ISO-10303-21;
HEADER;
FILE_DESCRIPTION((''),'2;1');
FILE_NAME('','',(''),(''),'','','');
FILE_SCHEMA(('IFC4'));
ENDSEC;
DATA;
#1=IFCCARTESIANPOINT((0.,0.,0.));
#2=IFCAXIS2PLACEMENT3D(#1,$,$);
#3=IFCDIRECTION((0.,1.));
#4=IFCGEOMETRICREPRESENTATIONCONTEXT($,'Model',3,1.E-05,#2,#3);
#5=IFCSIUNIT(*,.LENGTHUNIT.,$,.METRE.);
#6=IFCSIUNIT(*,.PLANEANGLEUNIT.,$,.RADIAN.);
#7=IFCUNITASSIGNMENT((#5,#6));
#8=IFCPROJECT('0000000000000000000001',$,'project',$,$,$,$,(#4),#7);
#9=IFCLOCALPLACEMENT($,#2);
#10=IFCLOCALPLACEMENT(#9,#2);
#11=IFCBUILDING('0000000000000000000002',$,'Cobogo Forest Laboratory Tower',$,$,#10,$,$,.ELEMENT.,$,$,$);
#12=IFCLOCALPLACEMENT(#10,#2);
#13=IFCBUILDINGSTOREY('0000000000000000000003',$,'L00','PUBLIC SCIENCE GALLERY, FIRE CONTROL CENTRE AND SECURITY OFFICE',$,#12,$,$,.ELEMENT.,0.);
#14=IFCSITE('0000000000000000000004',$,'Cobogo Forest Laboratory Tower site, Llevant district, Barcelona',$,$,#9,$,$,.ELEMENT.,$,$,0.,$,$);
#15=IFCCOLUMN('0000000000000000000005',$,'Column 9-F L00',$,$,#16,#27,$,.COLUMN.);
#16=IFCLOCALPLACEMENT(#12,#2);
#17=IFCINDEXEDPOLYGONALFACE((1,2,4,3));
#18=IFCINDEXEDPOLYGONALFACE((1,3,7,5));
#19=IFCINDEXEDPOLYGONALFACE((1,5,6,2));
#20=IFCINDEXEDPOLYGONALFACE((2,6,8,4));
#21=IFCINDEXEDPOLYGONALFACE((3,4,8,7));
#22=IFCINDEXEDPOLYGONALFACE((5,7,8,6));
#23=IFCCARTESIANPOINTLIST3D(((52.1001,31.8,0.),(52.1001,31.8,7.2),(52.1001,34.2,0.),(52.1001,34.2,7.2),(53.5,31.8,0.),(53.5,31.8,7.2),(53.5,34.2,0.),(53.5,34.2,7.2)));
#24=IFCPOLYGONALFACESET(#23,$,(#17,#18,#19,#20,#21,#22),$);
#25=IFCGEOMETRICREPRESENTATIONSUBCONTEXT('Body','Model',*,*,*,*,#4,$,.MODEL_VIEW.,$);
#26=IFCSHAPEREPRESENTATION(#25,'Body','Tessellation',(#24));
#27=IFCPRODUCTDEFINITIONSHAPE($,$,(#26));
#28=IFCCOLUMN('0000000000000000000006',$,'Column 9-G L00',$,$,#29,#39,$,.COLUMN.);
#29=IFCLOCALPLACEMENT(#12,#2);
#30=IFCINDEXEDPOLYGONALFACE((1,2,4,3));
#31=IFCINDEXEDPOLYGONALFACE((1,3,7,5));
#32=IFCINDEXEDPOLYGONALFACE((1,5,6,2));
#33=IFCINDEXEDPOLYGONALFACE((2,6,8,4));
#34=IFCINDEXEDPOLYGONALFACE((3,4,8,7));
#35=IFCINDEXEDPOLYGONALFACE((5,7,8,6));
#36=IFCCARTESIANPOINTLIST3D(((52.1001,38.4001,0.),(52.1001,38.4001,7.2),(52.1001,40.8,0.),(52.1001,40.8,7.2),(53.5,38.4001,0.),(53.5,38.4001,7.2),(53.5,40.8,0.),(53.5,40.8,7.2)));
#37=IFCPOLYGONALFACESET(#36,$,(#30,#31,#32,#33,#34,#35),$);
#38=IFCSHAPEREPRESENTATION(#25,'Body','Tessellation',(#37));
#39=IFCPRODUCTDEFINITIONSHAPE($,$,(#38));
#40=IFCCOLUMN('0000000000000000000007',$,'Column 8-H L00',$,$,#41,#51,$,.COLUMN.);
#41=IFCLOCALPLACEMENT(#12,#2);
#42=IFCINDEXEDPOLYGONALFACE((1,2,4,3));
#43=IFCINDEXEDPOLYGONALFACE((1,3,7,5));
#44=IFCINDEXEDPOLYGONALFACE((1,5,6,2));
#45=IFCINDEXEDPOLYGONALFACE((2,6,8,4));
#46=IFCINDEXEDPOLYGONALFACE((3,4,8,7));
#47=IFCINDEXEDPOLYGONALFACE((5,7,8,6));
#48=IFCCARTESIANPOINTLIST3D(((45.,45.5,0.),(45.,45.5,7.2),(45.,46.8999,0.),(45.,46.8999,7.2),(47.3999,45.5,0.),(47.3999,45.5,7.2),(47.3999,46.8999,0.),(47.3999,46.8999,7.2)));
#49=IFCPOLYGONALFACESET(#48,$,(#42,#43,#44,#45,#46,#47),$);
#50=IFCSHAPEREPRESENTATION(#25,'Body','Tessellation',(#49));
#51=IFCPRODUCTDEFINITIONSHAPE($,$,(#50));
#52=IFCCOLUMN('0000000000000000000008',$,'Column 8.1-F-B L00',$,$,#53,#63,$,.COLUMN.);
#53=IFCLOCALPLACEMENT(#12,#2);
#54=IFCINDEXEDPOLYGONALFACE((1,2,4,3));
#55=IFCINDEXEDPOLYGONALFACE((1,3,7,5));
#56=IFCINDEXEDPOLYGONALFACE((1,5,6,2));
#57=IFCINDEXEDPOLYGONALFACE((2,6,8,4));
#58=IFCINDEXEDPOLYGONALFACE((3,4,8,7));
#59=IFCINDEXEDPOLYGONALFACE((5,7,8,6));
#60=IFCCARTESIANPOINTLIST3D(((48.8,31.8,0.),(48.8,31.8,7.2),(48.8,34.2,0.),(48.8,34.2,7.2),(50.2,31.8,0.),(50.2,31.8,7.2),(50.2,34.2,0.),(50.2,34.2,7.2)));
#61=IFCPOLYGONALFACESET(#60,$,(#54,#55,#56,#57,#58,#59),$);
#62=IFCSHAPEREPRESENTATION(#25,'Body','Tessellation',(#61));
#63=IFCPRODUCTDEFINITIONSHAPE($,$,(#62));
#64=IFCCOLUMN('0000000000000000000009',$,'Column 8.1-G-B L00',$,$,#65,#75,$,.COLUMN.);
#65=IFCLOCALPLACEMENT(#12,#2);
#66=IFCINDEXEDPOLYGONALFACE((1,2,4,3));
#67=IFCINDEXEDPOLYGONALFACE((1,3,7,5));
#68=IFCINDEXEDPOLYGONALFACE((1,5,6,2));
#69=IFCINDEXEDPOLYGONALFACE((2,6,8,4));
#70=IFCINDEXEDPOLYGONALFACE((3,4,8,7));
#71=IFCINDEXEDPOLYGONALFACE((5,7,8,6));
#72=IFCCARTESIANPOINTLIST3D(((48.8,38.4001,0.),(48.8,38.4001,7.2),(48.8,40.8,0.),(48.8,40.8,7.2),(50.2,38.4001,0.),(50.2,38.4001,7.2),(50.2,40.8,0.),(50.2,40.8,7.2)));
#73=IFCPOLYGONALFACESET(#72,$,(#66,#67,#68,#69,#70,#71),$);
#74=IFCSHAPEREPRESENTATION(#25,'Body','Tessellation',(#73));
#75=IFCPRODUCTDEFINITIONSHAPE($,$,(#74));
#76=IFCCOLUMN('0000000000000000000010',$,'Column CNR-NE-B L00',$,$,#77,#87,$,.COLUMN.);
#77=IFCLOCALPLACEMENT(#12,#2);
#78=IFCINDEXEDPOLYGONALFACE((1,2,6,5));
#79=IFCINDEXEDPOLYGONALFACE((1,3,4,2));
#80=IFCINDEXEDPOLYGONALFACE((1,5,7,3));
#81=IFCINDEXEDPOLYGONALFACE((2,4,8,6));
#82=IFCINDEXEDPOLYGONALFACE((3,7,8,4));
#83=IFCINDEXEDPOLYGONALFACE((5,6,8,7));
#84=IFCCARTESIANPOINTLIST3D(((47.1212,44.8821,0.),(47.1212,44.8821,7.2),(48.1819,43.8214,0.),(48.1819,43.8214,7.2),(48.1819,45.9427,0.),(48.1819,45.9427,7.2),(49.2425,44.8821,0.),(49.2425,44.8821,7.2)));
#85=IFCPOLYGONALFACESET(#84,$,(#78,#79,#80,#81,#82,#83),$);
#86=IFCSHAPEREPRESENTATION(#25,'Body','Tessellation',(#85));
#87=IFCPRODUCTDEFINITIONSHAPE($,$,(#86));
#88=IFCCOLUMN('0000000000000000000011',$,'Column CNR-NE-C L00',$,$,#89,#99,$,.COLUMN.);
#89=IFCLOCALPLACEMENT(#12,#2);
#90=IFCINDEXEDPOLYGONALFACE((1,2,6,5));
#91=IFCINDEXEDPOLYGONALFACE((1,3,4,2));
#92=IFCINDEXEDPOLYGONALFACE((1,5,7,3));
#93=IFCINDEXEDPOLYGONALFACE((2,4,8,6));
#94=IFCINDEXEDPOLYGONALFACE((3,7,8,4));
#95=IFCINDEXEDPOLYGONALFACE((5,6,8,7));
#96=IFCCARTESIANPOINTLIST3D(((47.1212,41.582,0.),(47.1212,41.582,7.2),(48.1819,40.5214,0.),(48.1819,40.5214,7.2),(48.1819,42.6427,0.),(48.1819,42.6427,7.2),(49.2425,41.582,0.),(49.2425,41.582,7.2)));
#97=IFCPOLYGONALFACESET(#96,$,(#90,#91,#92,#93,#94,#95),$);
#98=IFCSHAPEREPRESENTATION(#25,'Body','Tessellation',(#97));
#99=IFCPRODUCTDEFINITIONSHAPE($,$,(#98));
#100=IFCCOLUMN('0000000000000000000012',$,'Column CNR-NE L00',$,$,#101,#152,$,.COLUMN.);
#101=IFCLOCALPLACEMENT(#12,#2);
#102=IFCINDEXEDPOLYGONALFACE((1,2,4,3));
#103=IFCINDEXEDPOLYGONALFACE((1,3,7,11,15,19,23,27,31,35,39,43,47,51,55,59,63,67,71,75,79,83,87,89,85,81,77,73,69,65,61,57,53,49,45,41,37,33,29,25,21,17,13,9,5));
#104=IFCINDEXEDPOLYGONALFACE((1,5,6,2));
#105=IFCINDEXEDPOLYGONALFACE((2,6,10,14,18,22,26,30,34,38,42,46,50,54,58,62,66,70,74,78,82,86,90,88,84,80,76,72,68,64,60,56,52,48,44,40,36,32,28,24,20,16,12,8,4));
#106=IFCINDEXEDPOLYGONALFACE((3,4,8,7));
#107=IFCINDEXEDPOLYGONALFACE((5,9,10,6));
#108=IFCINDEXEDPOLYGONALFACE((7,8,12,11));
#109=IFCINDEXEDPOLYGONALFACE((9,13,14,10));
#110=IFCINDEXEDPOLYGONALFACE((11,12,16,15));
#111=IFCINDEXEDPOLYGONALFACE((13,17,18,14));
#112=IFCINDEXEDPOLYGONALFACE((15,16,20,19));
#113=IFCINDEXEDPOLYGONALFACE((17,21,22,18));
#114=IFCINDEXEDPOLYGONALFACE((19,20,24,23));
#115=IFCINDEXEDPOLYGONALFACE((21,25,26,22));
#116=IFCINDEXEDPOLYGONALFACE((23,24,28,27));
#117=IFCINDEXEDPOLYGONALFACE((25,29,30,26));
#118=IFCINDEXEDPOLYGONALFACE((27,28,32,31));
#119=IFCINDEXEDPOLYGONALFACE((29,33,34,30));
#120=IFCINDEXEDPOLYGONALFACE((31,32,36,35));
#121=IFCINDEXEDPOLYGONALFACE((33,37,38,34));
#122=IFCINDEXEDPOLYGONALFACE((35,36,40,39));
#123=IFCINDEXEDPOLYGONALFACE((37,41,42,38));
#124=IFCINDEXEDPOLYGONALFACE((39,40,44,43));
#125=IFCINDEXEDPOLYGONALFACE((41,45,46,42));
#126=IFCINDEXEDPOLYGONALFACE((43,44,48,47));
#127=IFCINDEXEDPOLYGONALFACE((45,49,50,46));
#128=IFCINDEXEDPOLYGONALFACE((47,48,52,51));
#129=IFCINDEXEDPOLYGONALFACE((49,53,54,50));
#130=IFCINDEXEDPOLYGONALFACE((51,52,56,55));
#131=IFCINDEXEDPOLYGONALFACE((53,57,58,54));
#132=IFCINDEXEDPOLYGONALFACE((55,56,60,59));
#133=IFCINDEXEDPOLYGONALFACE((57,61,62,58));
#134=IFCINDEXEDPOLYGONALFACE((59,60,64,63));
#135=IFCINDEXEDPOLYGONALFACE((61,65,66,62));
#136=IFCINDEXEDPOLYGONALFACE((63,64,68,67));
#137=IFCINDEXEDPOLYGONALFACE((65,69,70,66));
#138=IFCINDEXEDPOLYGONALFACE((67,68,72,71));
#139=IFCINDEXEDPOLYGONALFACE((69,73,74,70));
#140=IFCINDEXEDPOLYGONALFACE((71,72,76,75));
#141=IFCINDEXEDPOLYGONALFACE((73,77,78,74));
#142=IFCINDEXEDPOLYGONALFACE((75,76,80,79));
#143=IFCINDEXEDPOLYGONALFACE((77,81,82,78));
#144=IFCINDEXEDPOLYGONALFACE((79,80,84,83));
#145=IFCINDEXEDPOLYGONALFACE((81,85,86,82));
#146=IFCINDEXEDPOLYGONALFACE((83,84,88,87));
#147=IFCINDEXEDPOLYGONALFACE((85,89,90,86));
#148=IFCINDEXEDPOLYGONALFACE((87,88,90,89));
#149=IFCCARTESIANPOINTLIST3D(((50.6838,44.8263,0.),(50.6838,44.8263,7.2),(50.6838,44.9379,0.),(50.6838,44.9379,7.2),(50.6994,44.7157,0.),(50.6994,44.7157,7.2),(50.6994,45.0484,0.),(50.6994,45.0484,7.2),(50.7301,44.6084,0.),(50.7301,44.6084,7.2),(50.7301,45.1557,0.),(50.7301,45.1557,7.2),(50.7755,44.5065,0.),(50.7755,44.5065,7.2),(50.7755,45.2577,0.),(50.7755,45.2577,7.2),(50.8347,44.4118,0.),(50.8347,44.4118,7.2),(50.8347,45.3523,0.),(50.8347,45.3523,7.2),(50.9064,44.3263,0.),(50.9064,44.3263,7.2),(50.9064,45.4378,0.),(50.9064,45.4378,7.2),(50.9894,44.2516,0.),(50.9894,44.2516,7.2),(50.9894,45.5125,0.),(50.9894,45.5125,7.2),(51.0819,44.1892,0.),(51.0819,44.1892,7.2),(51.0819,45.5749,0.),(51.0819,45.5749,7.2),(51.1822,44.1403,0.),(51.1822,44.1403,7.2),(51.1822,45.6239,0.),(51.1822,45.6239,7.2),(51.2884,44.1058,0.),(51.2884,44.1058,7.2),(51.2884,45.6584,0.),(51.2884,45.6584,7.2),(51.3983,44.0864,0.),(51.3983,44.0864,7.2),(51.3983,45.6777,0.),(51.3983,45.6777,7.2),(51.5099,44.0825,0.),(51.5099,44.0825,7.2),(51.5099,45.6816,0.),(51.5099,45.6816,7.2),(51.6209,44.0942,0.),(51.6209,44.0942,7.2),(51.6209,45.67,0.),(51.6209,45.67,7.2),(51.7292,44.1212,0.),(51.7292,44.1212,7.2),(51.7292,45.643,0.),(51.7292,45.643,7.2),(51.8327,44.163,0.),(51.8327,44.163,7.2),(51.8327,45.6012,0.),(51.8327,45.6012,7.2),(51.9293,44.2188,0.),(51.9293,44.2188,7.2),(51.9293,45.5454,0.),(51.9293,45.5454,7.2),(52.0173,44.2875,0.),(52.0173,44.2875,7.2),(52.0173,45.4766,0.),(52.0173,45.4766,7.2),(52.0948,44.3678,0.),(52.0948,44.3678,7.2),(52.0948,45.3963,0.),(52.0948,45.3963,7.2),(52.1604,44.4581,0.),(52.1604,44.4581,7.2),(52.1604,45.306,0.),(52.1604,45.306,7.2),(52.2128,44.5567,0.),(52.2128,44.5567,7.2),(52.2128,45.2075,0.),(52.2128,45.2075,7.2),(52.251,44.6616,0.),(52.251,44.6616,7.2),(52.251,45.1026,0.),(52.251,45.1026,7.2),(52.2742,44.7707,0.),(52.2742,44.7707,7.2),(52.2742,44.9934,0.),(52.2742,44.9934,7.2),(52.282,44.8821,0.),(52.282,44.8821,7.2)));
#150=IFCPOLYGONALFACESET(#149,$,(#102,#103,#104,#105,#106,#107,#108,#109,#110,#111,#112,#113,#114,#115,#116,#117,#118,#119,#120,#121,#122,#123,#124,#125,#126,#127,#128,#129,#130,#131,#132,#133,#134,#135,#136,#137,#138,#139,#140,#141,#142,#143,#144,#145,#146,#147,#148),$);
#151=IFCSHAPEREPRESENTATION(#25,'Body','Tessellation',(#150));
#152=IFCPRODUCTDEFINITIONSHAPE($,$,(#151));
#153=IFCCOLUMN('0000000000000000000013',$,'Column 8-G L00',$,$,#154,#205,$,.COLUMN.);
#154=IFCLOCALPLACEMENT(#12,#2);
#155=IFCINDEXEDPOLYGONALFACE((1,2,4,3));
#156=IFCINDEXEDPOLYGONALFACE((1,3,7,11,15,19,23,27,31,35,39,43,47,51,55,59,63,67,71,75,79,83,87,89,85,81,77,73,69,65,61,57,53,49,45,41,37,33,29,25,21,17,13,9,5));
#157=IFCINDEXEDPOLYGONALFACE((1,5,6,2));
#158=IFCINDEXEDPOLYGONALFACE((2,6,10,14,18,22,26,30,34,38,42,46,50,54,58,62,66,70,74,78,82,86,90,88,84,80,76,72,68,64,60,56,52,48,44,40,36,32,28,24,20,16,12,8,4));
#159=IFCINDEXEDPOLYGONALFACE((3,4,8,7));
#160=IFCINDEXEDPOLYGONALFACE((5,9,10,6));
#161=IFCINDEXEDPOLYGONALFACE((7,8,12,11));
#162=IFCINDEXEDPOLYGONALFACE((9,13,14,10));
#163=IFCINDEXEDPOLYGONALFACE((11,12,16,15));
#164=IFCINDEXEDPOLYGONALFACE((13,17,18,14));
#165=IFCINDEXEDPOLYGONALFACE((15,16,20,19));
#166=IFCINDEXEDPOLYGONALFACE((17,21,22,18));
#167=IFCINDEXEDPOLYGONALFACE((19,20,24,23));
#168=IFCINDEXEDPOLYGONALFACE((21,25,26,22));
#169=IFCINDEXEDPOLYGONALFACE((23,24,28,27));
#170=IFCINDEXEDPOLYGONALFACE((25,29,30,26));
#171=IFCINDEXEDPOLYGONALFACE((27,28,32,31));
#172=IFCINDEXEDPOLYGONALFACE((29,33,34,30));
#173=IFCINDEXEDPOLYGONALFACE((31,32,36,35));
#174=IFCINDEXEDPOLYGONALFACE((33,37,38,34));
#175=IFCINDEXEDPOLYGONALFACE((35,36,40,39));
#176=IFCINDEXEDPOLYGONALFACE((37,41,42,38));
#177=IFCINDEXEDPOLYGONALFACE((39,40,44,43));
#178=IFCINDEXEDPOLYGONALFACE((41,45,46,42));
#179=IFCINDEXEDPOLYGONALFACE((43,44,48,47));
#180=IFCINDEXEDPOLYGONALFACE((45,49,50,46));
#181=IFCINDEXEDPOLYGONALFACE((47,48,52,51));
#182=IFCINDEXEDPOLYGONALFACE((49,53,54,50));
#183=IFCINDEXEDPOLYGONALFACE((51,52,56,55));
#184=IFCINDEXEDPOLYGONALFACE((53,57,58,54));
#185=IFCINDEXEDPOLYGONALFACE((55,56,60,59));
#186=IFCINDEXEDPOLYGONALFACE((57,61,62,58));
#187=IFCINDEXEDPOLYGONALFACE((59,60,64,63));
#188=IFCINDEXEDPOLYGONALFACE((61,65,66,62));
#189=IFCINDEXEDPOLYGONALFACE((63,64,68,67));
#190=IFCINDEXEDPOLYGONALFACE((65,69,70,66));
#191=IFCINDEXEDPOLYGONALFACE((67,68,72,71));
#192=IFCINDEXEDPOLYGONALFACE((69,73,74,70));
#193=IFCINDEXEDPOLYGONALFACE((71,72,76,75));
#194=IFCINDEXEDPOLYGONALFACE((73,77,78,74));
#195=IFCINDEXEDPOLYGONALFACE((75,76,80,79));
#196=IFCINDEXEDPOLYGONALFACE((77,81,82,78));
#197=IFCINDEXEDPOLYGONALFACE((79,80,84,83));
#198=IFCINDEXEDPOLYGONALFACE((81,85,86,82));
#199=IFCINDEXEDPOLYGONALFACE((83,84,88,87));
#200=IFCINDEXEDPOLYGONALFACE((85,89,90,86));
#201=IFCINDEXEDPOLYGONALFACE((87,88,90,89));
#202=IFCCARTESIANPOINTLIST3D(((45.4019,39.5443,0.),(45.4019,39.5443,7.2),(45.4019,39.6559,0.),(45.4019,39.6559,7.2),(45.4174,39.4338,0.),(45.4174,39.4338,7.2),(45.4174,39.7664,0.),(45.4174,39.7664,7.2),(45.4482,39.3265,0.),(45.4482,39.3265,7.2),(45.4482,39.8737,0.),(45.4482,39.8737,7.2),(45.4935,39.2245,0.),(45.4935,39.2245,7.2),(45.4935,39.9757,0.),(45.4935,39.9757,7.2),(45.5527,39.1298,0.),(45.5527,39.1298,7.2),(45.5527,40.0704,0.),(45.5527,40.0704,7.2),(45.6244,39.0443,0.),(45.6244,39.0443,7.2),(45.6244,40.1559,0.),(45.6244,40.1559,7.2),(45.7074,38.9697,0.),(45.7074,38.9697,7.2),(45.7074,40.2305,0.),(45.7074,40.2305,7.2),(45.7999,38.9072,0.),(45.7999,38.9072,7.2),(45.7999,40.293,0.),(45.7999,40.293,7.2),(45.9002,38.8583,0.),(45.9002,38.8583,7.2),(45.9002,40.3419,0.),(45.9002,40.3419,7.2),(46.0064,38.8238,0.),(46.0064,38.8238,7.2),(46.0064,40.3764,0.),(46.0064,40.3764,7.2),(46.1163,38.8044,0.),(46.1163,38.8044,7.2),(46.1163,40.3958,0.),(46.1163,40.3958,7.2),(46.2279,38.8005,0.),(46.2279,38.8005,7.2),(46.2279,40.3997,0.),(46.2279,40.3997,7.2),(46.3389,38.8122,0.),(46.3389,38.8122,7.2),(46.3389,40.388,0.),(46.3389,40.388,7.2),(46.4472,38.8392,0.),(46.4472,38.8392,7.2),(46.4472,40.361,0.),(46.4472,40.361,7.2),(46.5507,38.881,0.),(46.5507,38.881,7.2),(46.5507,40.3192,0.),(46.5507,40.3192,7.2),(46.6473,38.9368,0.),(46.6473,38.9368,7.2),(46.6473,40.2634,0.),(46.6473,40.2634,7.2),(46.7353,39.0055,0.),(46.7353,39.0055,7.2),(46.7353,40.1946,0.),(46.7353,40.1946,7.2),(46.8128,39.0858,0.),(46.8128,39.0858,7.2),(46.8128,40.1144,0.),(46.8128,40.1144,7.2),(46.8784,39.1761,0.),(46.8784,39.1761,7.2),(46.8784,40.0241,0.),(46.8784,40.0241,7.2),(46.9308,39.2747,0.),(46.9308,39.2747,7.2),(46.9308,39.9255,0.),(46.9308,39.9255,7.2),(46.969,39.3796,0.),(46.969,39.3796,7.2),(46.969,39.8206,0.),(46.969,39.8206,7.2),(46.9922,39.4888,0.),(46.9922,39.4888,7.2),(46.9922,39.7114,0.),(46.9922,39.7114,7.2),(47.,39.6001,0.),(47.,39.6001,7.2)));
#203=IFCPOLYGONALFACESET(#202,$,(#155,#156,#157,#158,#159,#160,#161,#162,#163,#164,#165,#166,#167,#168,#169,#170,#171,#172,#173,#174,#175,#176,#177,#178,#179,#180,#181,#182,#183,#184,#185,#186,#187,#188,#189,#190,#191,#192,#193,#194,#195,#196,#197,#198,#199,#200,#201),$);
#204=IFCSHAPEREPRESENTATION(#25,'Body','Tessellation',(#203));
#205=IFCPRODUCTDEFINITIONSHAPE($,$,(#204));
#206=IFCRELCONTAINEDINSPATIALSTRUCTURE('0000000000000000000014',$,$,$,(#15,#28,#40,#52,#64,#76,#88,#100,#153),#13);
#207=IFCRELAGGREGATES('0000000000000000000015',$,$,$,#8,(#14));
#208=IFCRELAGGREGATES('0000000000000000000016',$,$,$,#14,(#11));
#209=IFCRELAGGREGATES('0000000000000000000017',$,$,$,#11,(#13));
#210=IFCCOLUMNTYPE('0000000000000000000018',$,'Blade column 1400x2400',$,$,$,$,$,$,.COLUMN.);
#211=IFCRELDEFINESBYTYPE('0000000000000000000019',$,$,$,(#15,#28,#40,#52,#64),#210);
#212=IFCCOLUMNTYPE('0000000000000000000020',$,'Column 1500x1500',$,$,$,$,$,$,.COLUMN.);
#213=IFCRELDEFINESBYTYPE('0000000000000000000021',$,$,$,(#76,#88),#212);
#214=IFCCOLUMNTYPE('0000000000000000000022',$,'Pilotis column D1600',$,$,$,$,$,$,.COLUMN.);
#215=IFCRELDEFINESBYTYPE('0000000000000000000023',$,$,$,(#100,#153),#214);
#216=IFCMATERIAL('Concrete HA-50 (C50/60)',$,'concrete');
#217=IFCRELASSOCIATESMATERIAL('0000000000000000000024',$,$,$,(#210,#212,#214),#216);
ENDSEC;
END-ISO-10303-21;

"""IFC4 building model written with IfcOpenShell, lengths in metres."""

from ifc_helpers import new_model, si_unit, direction, frame, origin, origin_2d, place, context, subcontext, project, spatial, rectangle, circle, extrude, material, material_profile, profile_set, type_object, element, save


model = new_model("IFC4")

# Units and contexts
model_context = context("Model", 3, precision=1e-05, world=origin(), true_north=direction((0.0, 1.0)))
body_context = subcontext(model_context, "Body", "Model", "MODEL_VIEW")
ifc_project = project(units=[si_unit("LENGTHUNIT", "METRE"), si_unit("PLANEANGLEUNIT", "RADIAN")], contexts=[model_context])

# Site, building, storey
site_placement = place(None, origin())
site = spatial("IfcSite", under=ifc_project, at=site_placement, Name="Cobogo Forest Laboratory Tower site, Llevant district, Barcelona", CompositionType="ELEMENT", RefElevation=0.0)
building_placement = place(site_placement, origin())
building = spatial("IfcBuilding", under=site, at=building_placement, Name="Cobogo Forest Laboratory Tower", CompositionType="ELEMENT")
storey_placement = place(building_placement, origin())
storey = spatial("IfcBuildingStorey", under=building, at=storey_placement, Name="L00", Description="PUBLIC SCIENCE GALLERY, FIRE CONTROL CENTRE AND SECURITY OFFICE", CompositionType="ELEMENT", Elevation=0.0)

# Columns
ifc_material_1 = material(Name="Concrete HA-50 (C50/60)", Category="concrete")
ifc_material_profile_1 = material_profile(ifc_material_1, rectangle(XDim=2.3999, YDim=1.3999, at=origin_2d()), Name="RC 1400x2400")
ifc_profile_set_1 = profile_set([ifc_material_profile_1], Name="Concrete HA-50 (C50/60)")
column_type_1 = type_object("IfcColumnType", Name="Blade column 1400x2400", PredefinedType="COLUMN", material=ifc_profile_set_1)
for number, where, z_axis, x_axis, name in (
    (1, (52.8, 33.0, 0.0), (0.0, 0.0, 1.0), (0.0, 1.0, 0.0), "Column 9-F L00"),
    (2, (52.8, 39.6001, 0.0), (0.0, 0.0, 1.0), (0.0, 1.0, 0.0), "Column 9-G L00"),
    (3, (46.2, 46.2, 0.0), (0.0, 0.0, 1.0), (1.0, 0.0, 0.0), "Column 8-H L00"),
    (4, (49.5, 33.0, 0.0), (0.0, 0.0, 1.0), (0.0, 1.0, 0.0), "Column 8.1-F-B L00"),
    (5, (49.5, 39.6001, 0.0), (0.0, 0.0, 1.0), (0.0, 1.0, 0.0), "Column 8.1-G-B L00"),
):
    element("IfcColumn", number, at=place(storey_placement, frame(where, z_axis=z_axis, x_axis=x_axis)), inside=storey, type_object=column_type_1, Name=name, PredefinedType="COLUMN", context=body_context, shape_type="SweptSolid", body=[
        extrude(rectangle(XDim=2.3999, YDim=1.3999, at=origin_2d()), origin(), (0.0, 0.0, 1.0), 7.2),
    ])
ifc_material_profile_2 = material_profile(ifc_material_1, rectangle(XDim=1.5, YDim=1.5, at=origin_2d()), Name="RC 1500x1500")
ifc_profile_set_2 = profile_set([ifc_material_profile_2], Name="Concrete HA-50 (C50/60)")
column_type_2 = type_object("IfcColumnType", Name="Column 1500x1500", PredefinedType="COLUMN", material=ifc_profile_set_2)
for number, where, z_axis, x_axis, name in (
    (6, (48.1819, 44.8821, 0.0), (0.0, 0.0, 1.0), (0.707107, 0.707107, 0.0), "Column CNR-NE-B L00"),
    (7, (48.1819, 41.582, 0.0), (0.0, 0.0, 1.0), (0.707107, 0.707107, 0.0), "Column CNR-NE-C L00"),
):
    element("IfcColumn", number, at=place(storey_placement, frame(where, z_axis=z_axis, x_axis=x_axis)), inside=storey, type_object=column_type_2, Name=name, PredefinedType="COLUMN", context=body_context, shape_type="SweptSolid", body=[
        extrude(rectangle(XDim=1.5, YDim=1.5, at=origin_2d()), origin(), (0.0, 0.0, 1.0), 7.2),
    ])
ifc_material_profile_3 = material_profile(ifc_material_1, circle(Radius=0.8, at=origin_2d()), Name="RC D1600")
ifc_profile_set_3 = profile_set([ifc_material_profile_3], Name="Concrete HA-50 (C50/60)")
column_type_3 = type_object("IfcColumnType", Name="Pilotis column D1600", PredefinedType="COLUMN", material=ifc_profile_set_3)
for number, where, z_axis, x_axis, name in (
    (8, (51.4819, 44.8821, 0.0), (0.0, 0.0, 1.0), (1.0, 0.0, 0.0), "Column CNR-NE L00"),
    (9, (46.2, 39.6001, 0.0), (0.0, 0.0, 1.0), (1.0, 0.0, 0.0), "Column 8-G L00"),
):
    element("IfcColumn", number, at=place(storey_placement, frame(where, z_axis=z_axis, x_axis=x_axis)), inside=storey, type_object=column_type_3, Name=name, PredefinedType="COLUMN", context=body_context, shape_type="SweptSolid", body=[
        extrude(circle(Radius=0.8, at=origin_2d()), origin(), (0.0, 0.0, 1.0), 7.2),
    ])

save(model, "model.ifc")
